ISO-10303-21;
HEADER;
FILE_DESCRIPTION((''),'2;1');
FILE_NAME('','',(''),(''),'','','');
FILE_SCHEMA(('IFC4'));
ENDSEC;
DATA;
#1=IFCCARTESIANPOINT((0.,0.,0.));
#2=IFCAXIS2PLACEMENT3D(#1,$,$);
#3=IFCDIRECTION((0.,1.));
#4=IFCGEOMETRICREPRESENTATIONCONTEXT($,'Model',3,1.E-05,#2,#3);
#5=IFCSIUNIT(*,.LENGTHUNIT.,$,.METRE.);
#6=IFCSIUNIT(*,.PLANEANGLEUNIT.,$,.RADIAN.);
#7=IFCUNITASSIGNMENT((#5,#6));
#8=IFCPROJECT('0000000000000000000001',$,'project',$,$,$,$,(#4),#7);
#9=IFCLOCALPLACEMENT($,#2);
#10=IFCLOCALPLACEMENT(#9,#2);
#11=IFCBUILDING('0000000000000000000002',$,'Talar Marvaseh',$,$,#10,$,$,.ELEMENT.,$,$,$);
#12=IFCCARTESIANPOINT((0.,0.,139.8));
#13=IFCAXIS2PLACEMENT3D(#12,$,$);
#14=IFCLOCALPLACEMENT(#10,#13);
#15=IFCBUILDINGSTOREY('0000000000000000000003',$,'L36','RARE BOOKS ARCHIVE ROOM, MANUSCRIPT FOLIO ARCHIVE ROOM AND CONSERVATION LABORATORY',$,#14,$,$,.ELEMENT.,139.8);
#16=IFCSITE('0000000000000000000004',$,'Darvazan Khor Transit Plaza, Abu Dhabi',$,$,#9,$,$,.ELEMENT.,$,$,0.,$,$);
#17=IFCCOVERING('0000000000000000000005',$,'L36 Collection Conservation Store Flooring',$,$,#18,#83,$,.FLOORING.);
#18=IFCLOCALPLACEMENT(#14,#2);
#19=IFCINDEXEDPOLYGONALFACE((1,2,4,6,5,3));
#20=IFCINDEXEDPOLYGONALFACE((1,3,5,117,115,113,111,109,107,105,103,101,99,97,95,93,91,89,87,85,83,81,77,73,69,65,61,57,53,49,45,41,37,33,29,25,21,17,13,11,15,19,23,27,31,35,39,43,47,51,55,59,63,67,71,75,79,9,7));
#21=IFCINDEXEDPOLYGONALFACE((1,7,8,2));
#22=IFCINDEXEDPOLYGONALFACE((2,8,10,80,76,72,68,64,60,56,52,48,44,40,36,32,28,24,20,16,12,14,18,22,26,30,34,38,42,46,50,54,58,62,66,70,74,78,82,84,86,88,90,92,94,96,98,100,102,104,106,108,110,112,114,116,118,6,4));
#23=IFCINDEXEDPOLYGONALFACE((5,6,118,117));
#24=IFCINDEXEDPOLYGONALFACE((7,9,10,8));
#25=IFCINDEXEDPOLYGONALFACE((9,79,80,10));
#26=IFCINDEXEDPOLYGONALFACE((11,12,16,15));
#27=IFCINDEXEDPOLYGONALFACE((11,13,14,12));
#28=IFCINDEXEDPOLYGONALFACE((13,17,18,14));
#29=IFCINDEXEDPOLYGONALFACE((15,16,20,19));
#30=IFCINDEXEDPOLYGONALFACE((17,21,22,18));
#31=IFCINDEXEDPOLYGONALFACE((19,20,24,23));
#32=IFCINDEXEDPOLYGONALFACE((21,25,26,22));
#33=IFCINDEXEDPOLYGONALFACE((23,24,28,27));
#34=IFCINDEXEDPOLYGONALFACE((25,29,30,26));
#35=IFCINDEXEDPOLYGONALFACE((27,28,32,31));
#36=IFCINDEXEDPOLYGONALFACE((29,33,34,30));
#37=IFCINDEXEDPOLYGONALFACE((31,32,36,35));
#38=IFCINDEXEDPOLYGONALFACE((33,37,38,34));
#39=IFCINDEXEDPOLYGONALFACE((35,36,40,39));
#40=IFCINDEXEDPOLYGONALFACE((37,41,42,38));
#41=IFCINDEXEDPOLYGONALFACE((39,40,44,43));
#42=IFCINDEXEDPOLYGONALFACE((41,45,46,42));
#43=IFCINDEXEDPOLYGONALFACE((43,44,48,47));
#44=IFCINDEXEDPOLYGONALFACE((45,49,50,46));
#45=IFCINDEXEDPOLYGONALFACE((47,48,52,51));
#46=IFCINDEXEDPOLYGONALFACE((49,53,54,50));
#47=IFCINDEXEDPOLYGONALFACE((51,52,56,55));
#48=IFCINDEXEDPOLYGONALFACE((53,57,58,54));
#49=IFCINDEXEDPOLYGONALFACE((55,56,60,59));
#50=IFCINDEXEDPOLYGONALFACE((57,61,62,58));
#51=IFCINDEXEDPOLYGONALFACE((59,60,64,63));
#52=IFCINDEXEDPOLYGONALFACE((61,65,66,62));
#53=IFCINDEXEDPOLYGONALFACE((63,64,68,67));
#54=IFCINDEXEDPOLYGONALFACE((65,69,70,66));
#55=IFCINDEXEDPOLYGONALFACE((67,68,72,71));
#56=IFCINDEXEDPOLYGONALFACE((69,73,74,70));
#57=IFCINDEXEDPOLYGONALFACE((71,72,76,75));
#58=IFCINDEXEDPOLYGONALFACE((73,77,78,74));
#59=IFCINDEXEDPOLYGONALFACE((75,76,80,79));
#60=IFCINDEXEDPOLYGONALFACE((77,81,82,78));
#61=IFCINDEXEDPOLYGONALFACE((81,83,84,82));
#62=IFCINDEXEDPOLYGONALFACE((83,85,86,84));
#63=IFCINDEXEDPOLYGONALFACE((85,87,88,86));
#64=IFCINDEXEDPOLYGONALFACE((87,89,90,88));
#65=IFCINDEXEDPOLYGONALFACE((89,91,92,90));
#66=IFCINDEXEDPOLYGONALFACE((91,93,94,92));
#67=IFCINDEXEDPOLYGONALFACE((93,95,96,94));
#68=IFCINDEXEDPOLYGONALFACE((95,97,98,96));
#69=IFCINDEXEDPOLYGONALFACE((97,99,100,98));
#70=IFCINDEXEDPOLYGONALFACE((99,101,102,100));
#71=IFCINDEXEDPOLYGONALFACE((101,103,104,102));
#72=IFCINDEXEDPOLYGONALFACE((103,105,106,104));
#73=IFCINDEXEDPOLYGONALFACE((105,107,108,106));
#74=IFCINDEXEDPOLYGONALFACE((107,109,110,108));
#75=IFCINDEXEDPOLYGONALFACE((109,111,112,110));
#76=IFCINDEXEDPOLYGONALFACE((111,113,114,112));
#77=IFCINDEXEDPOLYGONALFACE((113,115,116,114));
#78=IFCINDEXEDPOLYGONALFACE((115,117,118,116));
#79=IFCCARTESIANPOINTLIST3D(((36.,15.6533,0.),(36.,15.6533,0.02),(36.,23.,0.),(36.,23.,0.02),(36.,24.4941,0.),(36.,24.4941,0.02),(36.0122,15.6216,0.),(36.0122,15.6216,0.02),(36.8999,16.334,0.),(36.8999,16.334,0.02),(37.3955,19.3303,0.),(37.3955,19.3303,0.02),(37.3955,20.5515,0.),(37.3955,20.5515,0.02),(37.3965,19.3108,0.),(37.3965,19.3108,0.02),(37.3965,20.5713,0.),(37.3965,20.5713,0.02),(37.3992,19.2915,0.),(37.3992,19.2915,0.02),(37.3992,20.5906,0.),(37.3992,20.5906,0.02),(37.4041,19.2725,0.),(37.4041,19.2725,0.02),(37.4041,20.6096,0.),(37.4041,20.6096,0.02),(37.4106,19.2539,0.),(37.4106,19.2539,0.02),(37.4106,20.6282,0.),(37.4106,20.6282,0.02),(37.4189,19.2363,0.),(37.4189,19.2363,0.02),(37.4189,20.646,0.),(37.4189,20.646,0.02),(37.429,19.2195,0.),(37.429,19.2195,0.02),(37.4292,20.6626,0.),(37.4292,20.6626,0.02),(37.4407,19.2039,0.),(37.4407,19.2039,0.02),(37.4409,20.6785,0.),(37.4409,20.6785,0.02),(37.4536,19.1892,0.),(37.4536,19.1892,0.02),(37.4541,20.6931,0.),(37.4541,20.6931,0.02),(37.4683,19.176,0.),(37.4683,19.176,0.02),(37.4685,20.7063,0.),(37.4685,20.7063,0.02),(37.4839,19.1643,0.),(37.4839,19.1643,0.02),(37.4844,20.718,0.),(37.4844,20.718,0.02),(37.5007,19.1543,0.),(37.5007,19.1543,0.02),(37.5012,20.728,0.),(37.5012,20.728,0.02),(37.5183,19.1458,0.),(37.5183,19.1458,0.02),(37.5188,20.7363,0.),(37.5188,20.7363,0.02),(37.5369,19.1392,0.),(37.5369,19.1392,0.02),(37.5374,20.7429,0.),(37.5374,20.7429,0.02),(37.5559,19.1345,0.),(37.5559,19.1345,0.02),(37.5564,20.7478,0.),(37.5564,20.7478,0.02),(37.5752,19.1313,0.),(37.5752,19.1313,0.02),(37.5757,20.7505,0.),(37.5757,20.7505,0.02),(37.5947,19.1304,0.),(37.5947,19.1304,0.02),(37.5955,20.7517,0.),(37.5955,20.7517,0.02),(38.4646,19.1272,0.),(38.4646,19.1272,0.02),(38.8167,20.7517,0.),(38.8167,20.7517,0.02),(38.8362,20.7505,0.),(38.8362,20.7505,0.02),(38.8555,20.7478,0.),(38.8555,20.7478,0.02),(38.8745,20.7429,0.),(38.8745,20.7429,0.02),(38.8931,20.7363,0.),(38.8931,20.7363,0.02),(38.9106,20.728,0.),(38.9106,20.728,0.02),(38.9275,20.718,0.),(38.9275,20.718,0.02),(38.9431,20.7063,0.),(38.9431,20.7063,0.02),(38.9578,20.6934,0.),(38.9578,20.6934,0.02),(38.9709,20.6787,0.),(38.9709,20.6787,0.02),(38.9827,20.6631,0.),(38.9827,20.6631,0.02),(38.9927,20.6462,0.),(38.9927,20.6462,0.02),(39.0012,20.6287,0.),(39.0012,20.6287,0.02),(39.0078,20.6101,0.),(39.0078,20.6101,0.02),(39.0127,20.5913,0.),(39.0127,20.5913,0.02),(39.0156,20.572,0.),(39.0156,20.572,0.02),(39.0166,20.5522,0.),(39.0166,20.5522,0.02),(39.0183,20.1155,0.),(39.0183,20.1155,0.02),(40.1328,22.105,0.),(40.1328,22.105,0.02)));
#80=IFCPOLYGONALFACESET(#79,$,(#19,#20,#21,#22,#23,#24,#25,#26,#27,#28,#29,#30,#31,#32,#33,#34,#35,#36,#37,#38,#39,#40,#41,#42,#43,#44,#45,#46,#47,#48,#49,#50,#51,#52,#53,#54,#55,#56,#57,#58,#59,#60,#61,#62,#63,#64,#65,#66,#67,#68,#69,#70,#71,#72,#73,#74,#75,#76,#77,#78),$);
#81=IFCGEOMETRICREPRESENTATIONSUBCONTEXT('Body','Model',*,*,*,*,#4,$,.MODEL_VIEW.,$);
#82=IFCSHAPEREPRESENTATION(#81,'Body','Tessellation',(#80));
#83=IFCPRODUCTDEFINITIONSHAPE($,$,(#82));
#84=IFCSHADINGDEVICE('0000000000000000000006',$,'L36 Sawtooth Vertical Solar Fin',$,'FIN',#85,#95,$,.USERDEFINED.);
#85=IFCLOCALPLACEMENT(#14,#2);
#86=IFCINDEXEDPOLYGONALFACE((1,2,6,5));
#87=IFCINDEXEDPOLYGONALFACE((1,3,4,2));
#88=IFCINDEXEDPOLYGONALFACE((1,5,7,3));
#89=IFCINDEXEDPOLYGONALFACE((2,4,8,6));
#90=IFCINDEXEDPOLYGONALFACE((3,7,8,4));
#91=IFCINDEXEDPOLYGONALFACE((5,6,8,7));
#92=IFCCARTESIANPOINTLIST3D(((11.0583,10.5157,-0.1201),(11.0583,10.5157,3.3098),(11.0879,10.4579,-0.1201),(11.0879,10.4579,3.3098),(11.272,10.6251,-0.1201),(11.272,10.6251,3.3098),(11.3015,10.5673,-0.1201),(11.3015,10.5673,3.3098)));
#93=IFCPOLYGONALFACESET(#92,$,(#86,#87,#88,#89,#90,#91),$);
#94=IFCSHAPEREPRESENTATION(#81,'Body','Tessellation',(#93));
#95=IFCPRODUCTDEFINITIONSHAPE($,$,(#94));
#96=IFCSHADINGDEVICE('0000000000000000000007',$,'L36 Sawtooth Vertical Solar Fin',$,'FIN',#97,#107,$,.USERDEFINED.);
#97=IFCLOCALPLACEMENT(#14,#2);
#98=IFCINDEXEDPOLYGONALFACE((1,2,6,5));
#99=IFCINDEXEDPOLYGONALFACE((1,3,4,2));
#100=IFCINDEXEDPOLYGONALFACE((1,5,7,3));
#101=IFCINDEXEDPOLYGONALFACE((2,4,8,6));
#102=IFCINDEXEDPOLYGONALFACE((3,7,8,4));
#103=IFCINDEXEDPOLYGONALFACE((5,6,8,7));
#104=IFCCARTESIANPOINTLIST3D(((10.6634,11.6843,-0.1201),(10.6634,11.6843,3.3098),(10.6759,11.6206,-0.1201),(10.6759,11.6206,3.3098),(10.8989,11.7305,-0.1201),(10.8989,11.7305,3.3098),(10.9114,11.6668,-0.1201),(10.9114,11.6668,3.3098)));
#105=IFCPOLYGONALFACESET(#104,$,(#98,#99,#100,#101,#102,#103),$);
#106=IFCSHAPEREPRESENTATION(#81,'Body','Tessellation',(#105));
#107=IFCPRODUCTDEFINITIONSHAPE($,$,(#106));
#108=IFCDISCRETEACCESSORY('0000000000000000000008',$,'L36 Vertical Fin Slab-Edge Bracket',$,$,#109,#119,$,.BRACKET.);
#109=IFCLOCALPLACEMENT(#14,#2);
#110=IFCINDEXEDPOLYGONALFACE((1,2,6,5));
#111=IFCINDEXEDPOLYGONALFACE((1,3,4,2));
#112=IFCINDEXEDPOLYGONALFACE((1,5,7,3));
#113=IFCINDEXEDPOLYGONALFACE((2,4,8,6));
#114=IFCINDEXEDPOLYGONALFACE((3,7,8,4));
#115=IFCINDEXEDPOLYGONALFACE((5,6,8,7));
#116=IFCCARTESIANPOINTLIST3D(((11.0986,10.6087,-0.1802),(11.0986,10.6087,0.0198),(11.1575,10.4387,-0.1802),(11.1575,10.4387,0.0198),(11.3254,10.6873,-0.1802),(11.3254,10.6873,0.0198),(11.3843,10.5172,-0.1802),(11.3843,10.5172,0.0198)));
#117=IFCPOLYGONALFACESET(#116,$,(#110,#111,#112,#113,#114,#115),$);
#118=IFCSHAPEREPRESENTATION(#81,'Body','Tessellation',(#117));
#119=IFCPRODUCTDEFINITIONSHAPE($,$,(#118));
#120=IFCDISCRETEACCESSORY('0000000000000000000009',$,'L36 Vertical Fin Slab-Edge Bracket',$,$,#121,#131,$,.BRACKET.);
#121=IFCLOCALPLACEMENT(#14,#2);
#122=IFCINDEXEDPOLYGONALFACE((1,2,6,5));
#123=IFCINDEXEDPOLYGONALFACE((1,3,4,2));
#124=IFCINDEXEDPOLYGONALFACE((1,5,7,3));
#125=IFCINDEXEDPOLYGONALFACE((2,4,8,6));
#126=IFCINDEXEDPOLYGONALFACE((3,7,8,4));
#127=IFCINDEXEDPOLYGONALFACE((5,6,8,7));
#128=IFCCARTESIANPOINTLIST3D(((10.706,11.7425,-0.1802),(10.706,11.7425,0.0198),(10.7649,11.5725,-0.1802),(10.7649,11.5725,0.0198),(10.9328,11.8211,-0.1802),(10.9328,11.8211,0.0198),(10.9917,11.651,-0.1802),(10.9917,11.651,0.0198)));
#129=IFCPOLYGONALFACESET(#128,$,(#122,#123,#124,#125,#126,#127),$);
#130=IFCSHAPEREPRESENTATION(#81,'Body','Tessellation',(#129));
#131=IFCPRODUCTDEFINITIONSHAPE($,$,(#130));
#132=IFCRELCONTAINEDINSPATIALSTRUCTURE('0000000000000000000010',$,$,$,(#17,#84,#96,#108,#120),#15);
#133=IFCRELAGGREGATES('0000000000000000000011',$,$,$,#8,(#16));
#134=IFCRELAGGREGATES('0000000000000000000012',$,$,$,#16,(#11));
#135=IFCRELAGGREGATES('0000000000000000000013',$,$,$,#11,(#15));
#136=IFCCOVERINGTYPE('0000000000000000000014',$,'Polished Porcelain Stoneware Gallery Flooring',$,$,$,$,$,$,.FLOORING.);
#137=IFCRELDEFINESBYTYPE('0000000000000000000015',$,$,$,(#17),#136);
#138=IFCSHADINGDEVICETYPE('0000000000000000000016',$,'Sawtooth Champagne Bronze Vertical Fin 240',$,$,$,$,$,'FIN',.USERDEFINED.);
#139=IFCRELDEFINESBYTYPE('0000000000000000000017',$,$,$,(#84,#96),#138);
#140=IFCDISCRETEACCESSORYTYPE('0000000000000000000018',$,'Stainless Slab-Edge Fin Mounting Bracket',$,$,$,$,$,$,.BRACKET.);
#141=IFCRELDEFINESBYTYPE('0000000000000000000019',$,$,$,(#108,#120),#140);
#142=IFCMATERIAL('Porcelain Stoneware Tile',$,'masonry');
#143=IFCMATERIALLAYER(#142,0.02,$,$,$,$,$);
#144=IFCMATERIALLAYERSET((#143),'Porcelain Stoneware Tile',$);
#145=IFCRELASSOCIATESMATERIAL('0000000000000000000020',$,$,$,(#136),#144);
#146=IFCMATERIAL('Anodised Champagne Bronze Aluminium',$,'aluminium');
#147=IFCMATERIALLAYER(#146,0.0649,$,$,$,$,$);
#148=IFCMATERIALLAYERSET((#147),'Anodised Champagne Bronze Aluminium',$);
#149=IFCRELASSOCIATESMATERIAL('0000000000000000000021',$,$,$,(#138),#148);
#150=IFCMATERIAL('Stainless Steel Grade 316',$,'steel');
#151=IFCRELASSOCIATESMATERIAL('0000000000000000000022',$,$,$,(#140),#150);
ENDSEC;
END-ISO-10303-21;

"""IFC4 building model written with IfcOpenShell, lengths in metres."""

from ifc_helpers import new_model, si_unit, direction, frame, origin, origin_2d, place, context, subcontext, project, spatial, polyline, rectangle, outline, extrude, source, transform, mapped, material, layer, layer_set, type_object, type_shapes, element, save


model = new_model("IFC4")

# Units and contexts
model_context = context("Model", 3, precision=1e-05, world=origin(), true_north=direction((0.0, 1.0)))
body_context = subcontext(model_context, "Body", "Model", "MODEL_VIEW")
ifc_project = project(units=[si_unit("LENGTHUNIT", "METRE"), si_unit("PLANEANGLEUNIT", "RADIAN")], contexts=[model_context])

# Site, building, storey
site_placement = place(None, origin())
site = spatial("IfcSite", under=ifc_project, at=site_placement, Name="Darvazan Khor Transit Plaza, Abu Dhabi", CompositionType="ELEMENT", RefElevation=0.0)
building_placement = place(site_placement, origin())
building = spatial("IfcBuilding", under=site, at=building_placement, Name="Talar Marvaseh", CompositionType="ELEMENT")
storey_placement = place(building_placement, frame((0.0, 0.0, 139.8)))
storey = spatial("IfcBuildingStorey", under=building, at=storey_placement, Name="L36", Description="RARE BOOKS ARCHIVE ROOM, MANUSCRIPT FOLIO ARCHIVE ROOM AND CONSERVATION LABORATORY", CompositionType="ELEMENT", Elevation=139.8)

# Covering
ifc_material_1 = material(Name="Porcelain Stoneware Tile", Category="masonry")
ifc_layer_1 = layer(ifc_material_1, 0.02)
ifc_layer_set_1 = layer_set([ifc_layer_1], Name="Porcelain Stoneware Tile")
covering_type_1 = type_object("IfcCoveringType", Name="Polished Porcelain Stoneware Gallery Flooring", PredefinedType="FLOORING", material=ifc_layer_set_1)
covering_1_placement = place(storey_placement, origin())
element("IfcCovering", 1, at=covering_1_placement, inside=storey, type_object=covering_type_1, Name="L36 Collection Conservation Store Flooring", PredefinedType="FLOORING", context=body_context, shape_type="SweptSolid", body=[
    extrude(outline(polyline([(39.0127, 20.5913), (39.0078, 20.6101), (39.0012, 20.6287), (38.9927, 20.6462), (38.9827, 20.6631), (38.9709, 20.6787), (38.9578, 20.6934), (38.9431, 20.7063), (38.9275, 20.718), (38.9106, 20.728), (38.8931, 20.7363), (38.8745, 20.7429), (38.8555, 20.7478), (38.8362, 20.7505), (38.8167, 20.7517), (37.5955, 20.7517), (37.5757, 20.7505), (37.5564, 20.7478), (37.5374, 20.7429), (37.5188, 20.7363), (37.5012, 20.728), (37.4844, 20.718), (37.4685, 20.7063), (37.4541, 20.6931), (37.4409, 20.6785), (37.4292, 20.6626), (37.4189, 20.646), (37.4106, 20.6282), (37.4041, 20.6096), (37.3992, 20.5906), (37.3965, 20.5713), (37.3955, 20.5515), (37.3955, 19.3303), (37.3965, 19.3108), (37.3992, 19.2915), (37.4041, 19.2725), (37.4106, 19.2539), (37.4189, 19.2363), (37.429, 19.2195), (37.4407, 19.2039), (37.4536, 19.1892), (37.4683, 19.176), (37.4839, 19.1643), (37.5007, 19.1543), (37.5183, 19.1458), (37.5369, 19.1392), (37.5559, 19.1345), (37.5752, 19.1313), (37.5947, 19.1304), (38.4646, 19.1272), (36.8999, 16.334), (36.0122, 15.6216), (36.0, 15.6533), (36.0, 23.0), (36.0, 24.4941), (40.1328, 22.105), (39.0183, 20.1155), (39.0166, 20.5522), (39.0156, 20.572), (39.0127, 20.5913)])), origin(), (0.0, 0.0, 1.0), 0.02),
])

# Shading devices
ifc_material_2 = material(Name="Anodised Champagne Bronze Aluminium", Category="aluminium")
ifc_layer_2 = layer(ifc_material_2, 0.0649)
ifc_layer_set_2 = layer_set([ifc_layer_2], Name="Anodised Champagne Bronze Aluminium")
shading_device_type = type_object("IfcShadingDeviceType", Name="Sawtooth Champagne Bronze Vertical Fin 240", ElementType="FIN", PredefinedType="USERDEFINED", material=ifc_layer_set_2)
shared_shape_1 = source(origin(), body_context, "Body", "SweptSolid", [
    extrude(rectangle(XDim=0.24, YDim=0.0649, at=origin_2d()), origin(), (0.0, 0.0, 1.0), 3.4299),
])
type_shapes(shading_device_type, [shared_shape_1])
for number, where, z_axis, x_axis, name in (
    (2, (11.1799, 10.5415, -0.1201), (0.0, 0.0, 1.0), (-0.890213, -0.455545, 0.0), "L36 Sawtooth Vertical Solar Fin"),
    (3, (10.7874, 11.6755, -0.1201), (0.0, 0.0, 1.0), (-0.981293, -0.192522, 0.0), "L36 Sawtooth Vertical Solar Fin"),
):
    element("IfcShadingDevice", number, at=place(storey_placement, frame(where, z_axis=z_axis, x_axis=x_axis)), inside=storey, type_object=shading_device_type, Name=name, ObjectType="FIN", PredefinedType="USERDEFINED", context=body_context, shape_type="MappedRepresentation", body=[
        mapped(shared_shape_1, transform((0.0, 0.0, 0.0), x_axis=(1.0, 0.0, 0.0), y_axis=(0.0, 1.0, 0.0), z_axis=(0.0, 0.0, 1.0), scale=1.0)),
    ])

# Discrete accessories
ifc_material_3 = material(Name="Stainless Steel Grade 316", Category="steel")
discrete_accessory_type = type_object("IfcDiscreteAccessoryType", Name="Stainless Slab-Edge Fin Mounting Bracket", PredefinedType="BRACKET", material=ifc_material_3)
shared_shape_2 = source(origin(), body_context, "Body", "SweptSolid", [
    extrude(rectangle(XDim=0.24, YDim=0.1799, at=origin_2d()), origin(), (0.0, 0.0, 1.0), 0.2),
])
type_shapes(discrete_accessory_type, [shared_shape_2])
for number, where, z_axis, x_axis, name in (
    (4, (11.2415, 10.563, -0.1802), (0.0, 0.0, 1.0), (-0.944949, -0.327218, 0.0), "L36 Vertical Fin Slab-Edge Bracket"),
    (5, (10.8489, 11.6968, -0.1802), (0.0, 0.0, 1.0), (-0.944949, -0.327218, 0.0), "L36 Vertical Fin Slab-Edge Bracket"),
):
    element("IfcDiscreteAccessory", number, at=place(storey_placement, frame(where, z_axis=z_axis, x_axis=x_axis)), inside=storey, type_object=discrete_accessory_type, Name=name, PredefinedType="BRACKET", context=body_context, shape_type="MappedRepresentation", body=[
        mapped(shared_shape_2, transform((0.0, 0.0, 0.0), x_axis=(1.0, 0.0, 0.0), y_axis=(0.0, 1.0, 0.0), z_axis=(0.0, 0.0, 1.0), scale=1.0)),
    ])

save(model, "model.ifc")
